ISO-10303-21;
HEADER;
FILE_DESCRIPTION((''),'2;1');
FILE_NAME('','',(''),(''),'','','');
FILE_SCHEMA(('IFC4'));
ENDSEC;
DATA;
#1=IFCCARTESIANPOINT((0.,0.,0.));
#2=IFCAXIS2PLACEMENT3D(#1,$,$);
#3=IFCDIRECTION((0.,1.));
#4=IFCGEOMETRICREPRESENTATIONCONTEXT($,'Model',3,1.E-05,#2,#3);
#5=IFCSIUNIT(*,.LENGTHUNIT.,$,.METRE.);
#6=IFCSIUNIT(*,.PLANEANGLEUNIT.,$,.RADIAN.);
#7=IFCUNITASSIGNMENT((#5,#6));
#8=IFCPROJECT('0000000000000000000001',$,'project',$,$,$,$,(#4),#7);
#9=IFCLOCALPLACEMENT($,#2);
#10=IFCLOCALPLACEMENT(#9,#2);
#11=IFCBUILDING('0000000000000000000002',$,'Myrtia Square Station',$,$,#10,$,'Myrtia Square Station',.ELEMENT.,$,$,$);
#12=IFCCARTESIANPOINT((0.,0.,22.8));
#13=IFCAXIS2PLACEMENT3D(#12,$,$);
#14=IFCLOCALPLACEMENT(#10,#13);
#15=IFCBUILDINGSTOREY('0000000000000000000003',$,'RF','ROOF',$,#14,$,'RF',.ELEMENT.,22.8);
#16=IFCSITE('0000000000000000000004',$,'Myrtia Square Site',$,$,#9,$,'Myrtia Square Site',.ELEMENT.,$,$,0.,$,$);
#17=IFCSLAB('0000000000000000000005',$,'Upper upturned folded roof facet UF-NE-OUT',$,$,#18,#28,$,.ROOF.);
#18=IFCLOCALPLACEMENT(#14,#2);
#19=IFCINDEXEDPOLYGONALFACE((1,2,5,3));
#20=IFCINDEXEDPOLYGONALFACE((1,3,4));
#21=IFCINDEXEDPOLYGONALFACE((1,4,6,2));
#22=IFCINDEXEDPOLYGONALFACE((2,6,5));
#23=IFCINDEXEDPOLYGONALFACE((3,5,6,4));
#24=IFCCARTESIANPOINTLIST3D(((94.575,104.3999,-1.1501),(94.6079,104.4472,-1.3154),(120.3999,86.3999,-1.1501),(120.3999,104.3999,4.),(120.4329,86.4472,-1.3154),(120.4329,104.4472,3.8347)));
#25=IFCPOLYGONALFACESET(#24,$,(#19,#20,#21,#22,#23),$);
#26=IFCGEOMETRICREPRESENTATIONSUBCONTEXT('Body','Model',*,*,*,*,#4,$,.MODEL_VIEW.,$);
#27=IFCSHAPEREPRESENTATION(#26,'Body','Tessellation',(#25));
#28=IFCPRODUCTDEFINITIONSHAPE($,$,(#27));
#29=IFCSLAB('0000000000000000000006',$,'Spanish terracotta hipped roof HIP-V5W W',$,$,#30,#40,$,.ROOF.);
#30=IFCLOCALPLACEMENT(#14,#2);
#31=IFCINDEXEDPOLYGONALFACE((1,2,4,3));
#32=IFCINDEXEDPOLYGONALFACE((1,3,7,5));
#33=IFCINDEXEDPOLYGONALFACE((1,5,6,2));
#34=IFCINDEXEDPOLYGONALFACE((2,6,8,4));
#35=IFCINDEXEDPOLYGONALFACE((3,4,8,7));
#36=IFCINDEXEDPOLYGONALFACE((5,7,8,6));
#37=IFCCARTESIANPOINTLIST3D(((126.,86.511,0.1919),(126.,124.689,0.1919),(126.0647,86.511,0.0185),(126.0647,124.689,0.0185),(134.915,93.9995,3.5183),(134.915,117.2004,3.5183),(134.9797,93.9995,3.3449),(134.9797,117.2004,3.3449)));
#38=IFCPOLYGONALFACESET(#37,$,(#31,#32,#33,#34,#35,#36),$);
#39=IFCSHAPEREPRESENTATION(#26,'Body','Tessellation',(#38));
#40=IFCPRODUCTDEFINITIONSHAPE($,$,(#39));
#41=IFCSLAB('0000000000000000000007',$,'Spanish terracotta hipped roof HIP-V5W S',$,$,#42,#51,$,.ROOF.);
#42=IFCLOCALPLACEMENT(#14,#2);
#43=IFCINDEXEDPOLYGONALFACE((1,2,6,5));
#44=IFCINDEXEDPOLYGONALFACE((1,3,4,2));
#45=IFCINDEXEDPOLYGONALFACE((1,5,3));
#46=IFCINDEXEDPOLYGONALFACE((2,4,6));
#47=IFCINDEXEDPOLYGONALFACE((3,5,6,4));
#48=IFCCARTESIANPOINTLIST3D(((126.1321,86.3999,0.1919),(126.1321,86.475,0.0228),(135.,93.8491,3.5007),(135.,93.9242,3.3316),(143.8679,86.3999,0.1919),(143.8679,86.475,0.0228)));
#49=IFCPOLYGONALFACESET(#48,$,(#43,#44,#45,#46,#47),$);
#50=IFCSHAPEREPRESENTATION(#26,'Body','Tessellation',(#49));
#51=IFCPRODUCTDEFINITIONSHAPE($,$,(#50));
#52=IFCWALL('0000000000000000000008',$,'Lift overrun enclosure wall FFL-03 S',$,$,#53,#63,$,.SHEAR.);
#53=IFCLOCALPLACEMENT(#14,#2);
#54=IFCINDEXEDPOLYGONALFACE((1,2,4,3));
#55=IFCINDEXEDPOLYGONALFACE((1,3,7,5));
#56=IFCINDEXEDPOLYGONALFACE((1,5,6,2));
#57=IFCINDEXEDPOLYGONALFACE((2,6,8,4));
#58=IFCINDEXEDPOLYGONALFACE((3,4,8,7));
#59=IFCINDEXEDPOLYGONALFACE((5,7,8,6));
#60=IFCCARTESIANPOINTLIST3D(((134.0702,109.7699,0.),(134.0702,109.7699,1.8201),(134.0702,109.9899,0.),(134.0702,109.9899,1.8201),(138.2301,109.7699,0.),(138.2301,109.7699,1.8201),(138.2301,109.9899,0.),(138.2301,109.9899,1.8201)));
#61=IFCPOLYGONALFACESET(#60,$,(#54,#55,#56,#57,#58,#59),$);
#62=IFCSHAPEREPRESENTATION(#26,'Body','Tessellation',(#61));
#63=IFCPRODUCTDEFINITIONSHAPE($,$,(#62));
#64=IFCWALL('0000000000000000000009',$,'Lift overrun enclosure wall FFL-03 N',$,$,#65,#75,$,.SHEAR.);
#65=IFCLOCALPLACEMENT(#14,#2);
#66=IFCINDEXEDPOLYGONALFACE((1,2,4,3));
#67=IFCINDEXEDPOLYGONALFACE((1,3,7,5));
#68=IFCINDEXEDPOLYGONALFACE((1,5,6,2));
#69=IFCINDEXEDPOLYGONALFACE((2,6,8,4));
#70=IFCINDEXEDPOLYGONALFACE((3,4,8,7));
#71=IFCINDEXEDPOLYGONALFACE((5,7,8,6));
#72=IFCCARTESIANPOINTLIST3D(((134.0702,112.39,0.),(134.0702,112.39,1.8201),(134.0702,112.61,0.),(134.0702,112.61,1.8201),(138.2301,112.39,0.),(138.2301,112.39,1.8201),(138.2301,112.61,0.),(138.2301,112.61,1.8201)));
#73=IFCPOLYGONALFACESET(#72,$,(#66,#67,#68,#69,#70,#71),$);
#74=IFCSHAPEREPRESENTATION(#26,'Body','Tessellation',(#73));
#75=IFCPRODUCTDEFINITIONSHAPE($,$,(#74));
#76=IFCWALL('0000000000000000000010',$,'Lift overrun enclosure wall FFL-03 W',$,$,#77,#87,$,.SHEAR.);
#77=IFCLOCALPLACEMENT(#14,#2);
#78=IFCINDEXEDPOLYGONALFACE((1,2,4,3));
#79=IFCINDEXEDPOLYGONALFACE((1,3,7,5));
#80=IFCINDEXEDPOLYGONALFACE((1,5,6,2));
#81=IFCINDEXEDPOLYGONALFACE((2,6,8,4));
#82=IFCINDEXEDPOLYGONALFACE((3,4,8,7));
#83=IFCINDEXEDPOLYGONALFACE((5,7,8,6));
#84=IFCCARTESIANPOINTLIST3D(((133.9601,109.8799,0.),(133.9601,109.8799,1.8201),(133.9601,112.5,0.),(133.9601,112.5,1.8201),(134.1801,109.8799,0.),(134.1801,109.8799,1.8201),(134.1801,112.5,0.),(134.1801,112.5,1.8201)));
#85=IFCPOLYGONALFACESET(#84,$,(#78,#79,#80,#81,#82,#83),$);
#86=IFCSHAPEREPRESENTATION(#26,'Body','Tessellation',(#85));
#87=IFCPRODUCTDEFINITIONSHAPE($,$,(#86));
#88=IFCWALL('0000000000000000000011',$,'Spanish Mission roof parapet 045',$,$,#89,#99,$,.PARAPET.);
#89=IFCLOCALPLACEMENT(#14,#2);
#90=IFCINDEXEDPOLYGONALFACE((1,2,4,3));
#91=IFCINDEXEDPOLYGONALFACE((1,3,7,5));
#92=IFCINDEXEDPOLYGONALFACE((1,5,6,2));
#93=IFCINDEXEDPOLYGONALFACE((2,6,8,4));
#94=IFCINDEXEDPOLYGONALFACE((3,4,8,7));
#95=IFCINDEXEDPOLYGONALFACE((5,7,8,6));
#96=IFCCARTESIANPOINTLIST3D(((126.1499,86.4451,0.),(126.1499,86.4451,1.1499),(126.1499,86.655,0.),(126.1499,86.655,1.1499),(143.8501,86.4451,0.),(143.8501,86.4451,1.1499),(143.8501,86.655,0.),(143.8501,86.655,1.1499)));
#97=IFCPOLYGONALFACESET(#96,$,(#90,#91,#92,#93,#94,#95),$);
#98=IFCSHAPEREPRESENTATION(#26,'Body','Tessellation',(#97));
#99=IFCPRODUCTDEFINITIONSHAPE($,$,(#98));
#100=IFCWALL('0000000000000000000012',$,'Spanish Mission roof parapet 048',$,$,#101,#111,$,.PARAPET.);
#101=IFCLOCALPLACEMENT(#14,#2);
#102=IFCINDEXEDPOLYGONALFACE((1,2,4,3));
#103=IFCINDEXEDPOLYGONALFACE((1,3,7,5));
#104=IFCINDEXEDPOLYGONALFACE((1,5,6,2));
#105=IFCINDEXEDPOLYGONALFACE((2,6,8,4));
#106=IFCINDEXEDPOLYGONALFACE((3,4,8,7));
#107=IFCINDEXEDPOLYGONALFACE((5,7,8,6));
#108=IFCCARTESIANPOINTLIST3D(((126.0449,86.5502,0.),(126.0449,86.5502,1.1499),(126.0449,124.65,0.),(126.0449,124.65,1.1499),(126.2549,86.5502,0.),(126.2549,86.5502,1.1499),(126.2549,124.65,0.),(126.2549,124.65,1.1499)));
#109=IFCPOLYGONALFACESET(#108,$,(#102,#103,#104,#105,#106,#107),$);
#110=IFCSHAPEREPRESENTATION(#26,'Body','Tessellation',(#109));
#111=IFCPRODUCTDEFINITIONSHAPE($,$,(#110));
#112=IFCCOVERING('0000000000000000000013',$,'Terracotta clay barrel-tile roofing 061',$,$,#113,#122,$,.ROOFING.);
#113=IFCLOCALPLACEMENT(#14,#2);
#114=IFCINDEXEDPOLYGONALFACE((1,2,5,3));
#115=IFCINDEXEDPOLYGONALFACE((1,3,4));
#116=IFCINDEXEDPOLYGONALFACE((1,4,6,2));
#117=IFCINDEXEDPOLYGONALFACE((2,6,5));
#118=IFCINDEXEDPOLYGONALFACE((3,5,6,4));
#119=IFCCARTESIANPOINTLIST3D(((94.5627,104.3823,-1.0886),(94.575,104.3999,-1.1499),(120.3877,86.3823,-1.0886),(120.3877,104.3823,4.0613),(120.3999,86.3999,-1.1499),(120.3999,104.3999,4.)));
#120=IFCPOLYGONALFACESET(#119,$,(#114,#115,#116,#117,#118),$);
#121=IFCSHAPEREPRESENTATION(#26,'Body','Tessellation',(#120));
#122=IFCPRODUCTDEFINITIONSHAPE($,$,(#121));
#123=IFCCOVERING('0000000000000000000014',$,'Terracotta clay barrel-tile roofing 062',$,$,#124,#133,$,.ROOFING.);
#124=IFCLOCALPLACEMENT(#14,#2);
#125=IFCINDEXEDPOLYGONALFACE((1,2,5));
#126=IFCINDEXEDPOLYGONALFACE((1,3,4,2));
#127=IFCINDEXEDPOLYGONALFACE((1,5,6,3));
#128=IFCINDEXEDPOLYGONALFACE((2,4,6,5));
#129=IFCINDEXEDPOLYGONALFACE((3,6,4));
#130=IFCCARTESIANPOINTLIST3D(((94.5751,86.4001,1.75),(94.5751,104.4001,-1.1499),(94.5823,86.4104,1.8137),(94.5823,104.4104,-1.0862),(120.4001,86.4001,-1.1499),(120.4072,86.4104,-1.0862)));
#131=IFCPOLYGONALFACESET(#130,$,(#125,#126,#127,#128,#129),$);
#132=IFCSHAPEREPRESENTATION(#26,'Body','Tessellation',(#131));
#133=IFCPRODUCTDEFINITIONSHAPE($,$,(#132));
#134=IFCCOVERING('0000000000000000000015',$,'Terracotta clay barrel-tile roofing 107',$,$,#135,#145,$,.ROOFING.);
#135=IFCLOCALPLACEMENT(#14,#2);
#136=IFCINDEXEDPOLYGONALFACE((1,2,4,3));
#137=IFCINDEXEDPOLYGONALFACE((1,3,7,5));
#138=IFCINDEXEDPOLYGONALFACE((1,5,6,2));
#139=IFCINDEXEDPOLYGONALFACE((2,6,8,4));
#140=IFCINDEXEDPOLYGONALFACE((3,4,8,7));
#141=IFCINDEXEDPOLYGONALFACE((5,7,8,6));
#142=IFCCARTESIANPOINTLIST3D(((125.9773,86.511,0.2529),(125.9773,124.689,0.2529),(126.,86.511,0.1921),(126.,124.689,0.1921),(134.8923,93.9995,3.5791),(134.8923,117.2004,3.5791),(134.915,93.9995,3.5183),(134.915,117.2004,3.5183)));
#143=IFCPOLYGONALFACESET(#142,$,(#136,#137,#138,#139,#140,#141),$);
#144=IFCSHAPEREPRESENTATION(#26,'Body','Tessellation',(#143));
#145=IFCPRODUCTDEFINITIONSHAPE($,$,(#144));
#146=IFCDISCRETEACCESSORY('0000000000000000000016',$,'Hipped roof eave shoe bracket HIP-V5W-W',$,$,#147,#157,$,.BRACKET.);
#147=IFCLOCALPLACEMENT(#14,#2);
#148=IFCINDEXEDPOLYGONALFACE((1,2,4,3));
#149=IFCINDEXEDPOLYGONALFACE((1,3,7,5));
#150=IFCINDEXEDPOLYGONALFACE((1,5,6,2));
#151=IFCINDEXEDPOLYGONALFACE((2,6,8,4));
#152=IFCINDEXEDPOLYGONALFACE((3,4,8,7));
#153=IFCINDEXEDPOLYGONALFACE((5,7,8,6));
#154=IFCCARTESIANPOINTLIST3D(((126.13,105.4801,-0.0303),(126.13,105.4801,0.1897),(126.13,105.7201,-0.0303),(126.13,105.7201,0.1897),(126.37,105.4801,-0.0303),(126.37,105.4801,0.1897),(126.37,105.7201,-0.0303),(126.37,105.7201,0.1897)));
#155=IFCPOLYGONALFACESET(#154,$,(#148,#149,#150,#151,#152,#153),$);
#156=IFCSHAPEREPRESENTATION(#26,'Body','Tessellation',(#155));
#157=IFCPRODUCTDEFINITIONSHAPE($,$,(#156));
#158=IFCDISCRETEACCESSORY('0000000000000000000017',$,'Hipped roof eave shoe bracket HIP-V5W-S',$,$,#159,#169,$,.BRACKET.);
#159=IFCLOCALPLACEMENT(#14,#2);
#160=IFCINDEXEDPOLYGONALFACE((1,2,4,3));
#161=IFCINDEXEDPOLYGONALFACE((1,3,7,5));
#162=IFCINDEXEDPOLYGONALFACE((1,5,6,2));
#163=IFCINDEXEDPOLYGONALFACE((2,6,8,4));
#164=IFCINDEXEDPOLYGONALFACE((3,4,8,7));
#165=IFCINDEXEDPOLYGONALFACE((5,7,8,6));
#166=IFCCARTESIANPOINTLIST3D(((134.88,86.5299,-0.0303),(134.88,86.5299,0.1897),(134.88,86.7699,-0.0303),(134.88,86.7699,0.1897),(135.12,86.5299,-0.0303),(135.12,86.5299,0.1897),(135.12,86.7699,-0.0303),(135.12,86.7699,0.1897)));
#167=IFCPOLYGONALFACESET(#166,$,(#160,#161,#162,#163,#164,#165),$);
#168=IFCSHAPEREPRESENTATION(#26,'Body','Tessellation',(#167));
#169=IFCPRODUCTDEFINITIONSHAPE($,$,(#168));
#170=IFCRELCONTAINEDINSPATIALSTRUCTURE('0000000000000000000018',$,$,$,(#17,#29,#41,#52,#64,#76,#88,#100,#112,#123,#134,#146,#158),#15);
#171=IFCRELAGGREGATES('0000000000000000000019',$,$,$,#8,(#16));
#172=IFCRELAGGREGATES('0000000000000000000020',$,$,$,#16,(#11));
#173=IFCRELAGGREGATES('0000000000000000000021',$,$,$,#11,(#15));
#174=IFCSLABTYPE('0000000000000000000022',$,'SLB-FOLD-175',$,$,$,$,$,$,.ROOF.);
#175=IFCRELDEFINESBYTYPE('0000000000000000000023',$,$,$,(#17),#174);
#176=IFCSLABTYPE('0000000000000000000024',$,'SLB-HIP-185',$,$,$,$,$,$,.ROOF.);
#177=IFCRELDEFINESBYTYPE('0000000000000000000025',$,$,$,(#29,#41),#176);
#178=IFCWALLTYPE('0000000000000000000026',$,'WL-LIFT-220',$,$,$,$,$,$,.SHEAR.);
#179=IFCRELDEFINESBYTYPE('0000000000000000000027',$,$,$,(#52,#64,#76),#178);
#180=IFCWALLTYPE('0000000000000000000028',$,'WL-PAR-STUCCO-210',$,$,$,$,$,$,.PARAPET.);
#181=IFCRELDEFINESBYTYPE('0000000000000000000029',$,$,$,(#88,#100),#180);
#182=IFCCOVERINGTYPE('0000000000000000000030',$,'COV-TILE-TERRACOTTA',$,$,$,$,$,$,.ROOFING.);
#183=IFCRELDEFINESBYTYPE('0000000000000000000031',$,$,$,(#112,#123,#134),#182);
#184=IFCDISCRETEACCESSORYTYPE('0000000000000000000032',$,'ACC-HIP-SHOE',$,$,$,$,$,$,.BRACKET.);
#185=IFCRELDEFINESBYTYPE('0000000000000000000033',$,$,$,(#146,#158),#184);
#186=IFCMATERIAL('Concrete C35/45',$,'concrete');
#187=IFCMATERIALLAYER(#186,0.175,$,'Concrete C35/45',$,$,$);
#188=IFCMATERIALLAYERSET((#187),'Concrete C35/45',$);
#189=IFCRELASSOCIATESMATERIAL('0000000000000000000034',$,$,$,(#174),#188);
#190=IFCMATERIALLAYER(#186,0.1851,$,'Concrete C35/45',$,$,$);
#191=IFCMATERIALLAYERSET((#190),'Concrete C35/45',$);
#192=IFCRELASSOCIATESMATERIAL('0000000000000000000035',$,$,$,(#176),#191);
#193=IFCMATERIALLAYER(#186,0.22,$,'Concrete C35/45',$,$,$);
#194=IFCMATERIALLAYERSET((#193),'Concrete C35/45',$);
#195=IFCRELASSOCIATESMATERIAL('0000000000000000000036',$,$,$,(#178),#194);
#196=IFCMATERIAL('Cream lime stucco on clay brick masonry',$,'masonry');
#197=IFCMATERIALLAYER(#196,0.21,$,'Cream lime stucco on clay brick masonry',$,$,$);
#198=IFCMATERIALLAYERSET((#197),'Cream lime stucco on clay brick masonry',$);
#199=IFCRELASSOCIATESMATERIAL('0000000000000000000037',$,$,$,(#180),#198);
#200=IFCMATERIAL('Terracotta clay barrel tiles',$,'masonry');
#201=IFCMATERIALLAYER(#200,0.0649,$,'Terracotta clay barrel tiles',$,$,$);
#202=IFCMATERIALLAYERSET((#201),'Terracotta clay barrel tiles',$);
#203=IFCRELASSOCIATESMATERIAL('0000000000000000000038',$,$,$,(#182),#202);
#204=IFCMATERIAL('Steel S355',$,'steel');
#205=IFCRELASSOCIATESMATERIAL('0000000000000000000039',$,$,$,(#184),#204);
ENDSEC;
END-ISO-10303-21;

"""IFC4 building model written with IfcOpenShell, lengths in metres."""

from ifc_helpers import new_model, si_unit, direction, frame, frame_2d, origin, origin_2d, place, context, subcontext, project, spatial, polyline, rectangle, outline, extrude, material, layer, layer_set, type_object, element, save


model = new_model("IFC4")

# Units and contexts
model_context = context("Model", 3, precision=1e-05, world=origin(), true_north=direction((0.0, 1.0)))
body_context = subcontext(model_context, "Body", "Model", "MODEL_VIEW")
ifc_project = project(units=[si_unit("LENGTHUNIT", "METRE"), si_unit("PLANEANGLEUNIT", "RADIAN")], contexts=[model_context])

# Site, building, storey
site_placement = place(None, origin())
site = spatial("IfcSite", under=ifc_project, at=site_placement, Name="Myrtia Square Site", LongName="Myrtia Square Site", CompositionType="ELEMENT", RefElevation=0.0)
building_placement = place(site_placement, origin())
building = spatial("IfcBuilding", under=site, at=building_placement, Name="Myrtia Square Station", LongName="Myrtia Square Station", CompositionType="ELEMENT")
storey_placement = place(building_placement, frame((0.0, 0.0, 22.8)))
storey = spatial("IfcBuildingStorey", under=building, at=storey_placement, Name="RF", Description="ROOF", LongName="RF", CompositionType="ELEMENT", Elevation=22.8)

# Shared definitions
ifc_material_1 = material(Name="Steel S355", Category="steel")

# Slabs
ifc_material_2 = material(Name="Concrete C35/45", Category="concrete")
ifc_layer_1 = layer(ifc_material_2, 0.175, Name="Concrete C35/45")
ifc_layer_set_1 = layer_set([ifc_layer_1], Name="Concrete C35/45")
slab_type_1 = type_object("IfcSlabType", Name="SLB-FOLD-175", PredefinedType="ROOF", material=ifc_layer_set_1)
slab_1_placement = place(storey_placement, frame((120.3999, 104.3999, 4.0), z_axis=(-0.188302, -0.27016, 0.944222), x_axis=(-0.980689, 0.0, -0.195574)))
element("IfcSlab", 1, at=slab_1_placement, inside=storey, type_object=slab_type_1, Name="Upper upturned folded roof facet UF-NE-OUT", PredefinedType="ROOF", context=body_context, shape_type="SweptSolid", body=[
    extrude(outline(polyline([(0.0, 0.0), (26.3335, 0.0), (1.0072, 18.6952), (0.0, 0.0)])), origin(), (0.0, 0.0, -1.0), 0.175),
])
ifc_layer_2 = layer(ifc_material_2, 0.1851, Name="Concrete C35/45")
ifc_layer_set_2 = layer_set([ifc_layer_2], Name="Concrete C35/45")
slab_type_2 = type_object("IfcSlabType", Name="SLB-HIP-185", PredefinedType="ROOF", material=ifc_layer_set_2)
slab_2_placement = place(storey_placement, frame((126.0, 124.689, 0.1919), z_axis=(-0.349582, 0.0, 0.936906), x_axis=(0.0, -1.0, 0.0)))
element("IfcSlab", 2, at=slab_2_placement, inside=storey, type_object=slab_type_2, Name="Spanish terracotta hipped roof HIP-V5W W", PredefinedType="ROOF", context=body_context, shape_type="SweptSolid", body=[
    extrude(outline(polyline([(0.0, 0.0), (38.178, 0.0), (30.6895, 9.5154), (7.4885, 9.5154), (0.0, 0.0)])), origin(), (0.0, 0.0, -1.0), 0.1851),
])
slab_3_placement = place(storey_placement, frame((126.1321, 86.3999, 0.1919), z_axis=(0.0, -0.405941, 0.913899), x_axis=(1.0, 0.0, 0.0)))
element("IfcSlab", 3, at=slab_3_placement, inside=storey, type_object=slab_type_2, Name="Spanish terracotta hipped roof HIP-V5W S", PredefinedType="ROOF", context=body_context, shape_type="SweptSolid", body=[
    extrude(outline(polyline([(0.0, 0.0), (17.7358, 0.0), (8.8679, 8.151), (0.0, 0.0)])), origin(), (0.0, 0.0, -1.0), 0.1851),
])

# Walls
ifc_layer_3 = layer(ifc_material_2, 0.22, Name="Concrete C35/45")
ifc_layer_set_3 = layer_set([ifc_layer_3], Name="Concrete C35/45")
wall_type_1 = type_object("IfcWallType", Name="WL-LIFT-220", PredefinedType="SHEAR", material=ifc_layer_set_3)
for number, where, z_axis, x_axis, name in (
    (4, (134.0701, 109.8799, 0.0), (0.0, 0.0, 1.0), (1.0, 0.0, 0.0), "Lift overrun enclosure wall FFL-03 S"),
    (5, (134.0701, 112.5, 0.0), (0.0, 0.0, 1.0), (1.0, 0.0, 0.0), "Lift overrun enclosure wall FFL-03 N"),
):
    element("IfcWall", number, at=place(storey_placement, frame(where, z_axis=z_axis, x_axis=x_axis)), inside=storey, type_object=wall_type_1, Name=name, PredefinedType="SHEAR", context=body_context, shape_type="SweptSolid", body=[
        extrude(rectangle(XDim=4.1599, YDim=0.22, at=frame_2d((2.0801, 0.0))), origin(), (0.0, 0.0, 1.0), 1.8201),
    ])
wall_1_placement = place(storey_placement, frame((134.0701, 109.8799, 0.0), z_axis=(0.0, 0.0, 1.0), x_axis=(0.0, 1.0, 0.0)))
element("IfcWall", 6, at=wall_1_placement, inside=storey, type_object=wall_type_1, Name="Lift overrun enclosure wall FFL-03 W", PredefinedType="SHEAR", context=body_context, shape_type="SweptSolid", body=[
    extrude(rectangle(XDim=2.6201, YDim=0.22, at=frame_2d((1.3101, 0.0))), origin(), (0.0, 0.0, 1.0), 1.8201),
])
ifc_material_3 = material(Name="Cream lime stucco on clay brick masonry", Category="masonry")
ifc_layer_4 = layer(ifc_material_3, 0.21, Name="Cream lime stucco on clay brick masonry")
ifc_layer_set_4 = layer_set([ifc_layer_4], Name="Cream lime stucco on clay brick masonry")
wall_type_2 = type_object("IfcWallType", Name="WL-PAR-STUCCO-210", PredefinedType="PARAPET", material=ifc_layer_set_4)
wall_2_placement = place(storey_placement, frame((126.1499, 86.55, 0.0), z_axis=(0.0, 0.0, 1.0), x_axis=(1.0, 0.0, 0.0)))
element("IfcWall", 7, at=wall_2_placement, inside=storey, type_object=wall_type_2, Name="Spanish Mission roof parapet 045", PredefinedType="PARAPET", context=body_context, shape_type="SweptSolid", body=[
    extrude(rectangle(XDim=17.7002, YDim=0.21, at=frame_2d((8.8501, 0.0))), origin(), (0.0, 0.0, 1.0), 1.1499),
])
wall_3_placement = place(storey_placement, frame((126.1499, 124.6499, 0.0), z_axis=(0.0, 0.0, 1.0), x_axis=(0.0, -1.0, 0.0)))
element("IfcWall", 8, at=wall_3_placement, inside=storey, type_object=wall_type_2, Name="Spanish Mission roof parapet 048", PredefinedType="PARAPET", context=body_context, shape_type="SweptSolid", body=[
    extrude(rectangle(XDim=38.0999, YDim=0.21, at=frame_2d((19.0498, 0.0))), origin(), (0.0, 0.0, 1.0), 1.1499),
])

# Coverings
ifc_material_4 = material(Name="Terracotta clay barrel tiles", Category="masonry")
ifc_layer_5 = layer(ifc_material_4, 0.0649, Name="Terracotta clay barrel tiles")
ifc_layer_set_5 = layer_set([ifc_layer_5], Name="Terracotta clay barrel tiles")
covering_type = type_object("IfcCoveringType", Name="COV-TILE-TERRACOTTA", PredefinedType="ROOFING", material=ifc_layer_set_5)
covering_1_placement = place(storey_placement, frame((120.3877, 104.3823, 4.0613), z_axis=(-0.188294, -0.270149, 0.944227), x_axis=(-0.980691, 0.0, -0.195565)))
element("IfcCovering", 9, at=covering_1_placement, inside=storey, type_object=covering_type, Name="Terracotta clay barrel-tile roofing 061", PredefinedType="ROOFING", context=body_context, shape_type="SweptSolid", body=[
    extrude(outline(polyline([(0.0, 0.0), (26.3334, 0.0), (1.0071, 18.6951), (0.0, 0.0)])), origin(), (0.0, 0.0, -1.0), 0.0649),
])
covering_2_placement = place(storey_placement, frame((94.5823, 86.4104, 1.8137), z_axis=(0.110186, 0.158086, 0.981258), x_axis=(0.993754, 0.0, -0.111589)))
element("IfcCovering", 10, at=covering_2_placement, inside=storey, type_object=covering_type, Name="Terracotta clay barrel-tile roofing 062", PredefinedType="ROOFING", context=body_context, shape_type="SweptSolid", body=[
    extrude(outline(polyline([(0.0, 0.0), (25.9873, 0.0), (0.3236, 18.2292), (0.0, 0.0)])), origin(), (0.0, 0.0, -1.0), 0.0649),
])
covering_3_placement = place(storey_placement, frame((125.9773, 124.689, 0.2529), z_axis=(-0.34956, 0.0, 0.936914), x_axis=(0.0, -1.0, 0.0)))
element("IfcCovering", 11, at=covering_3_placement, inside=storey, type_object=covering_type, Name="Terracotta clay barrel-tile roofing 107", PredefinedType="ROOFING", context=body_context, shape_type="SweptSolid", body=[
    extrude(outline(polyline([(0.0, 0.0), (38.178, 0.0), (30.6895, 9.5153), (7.4885, 9.5153), (0.0, 0.0)])), origin(), (0.0, 0.0, -1.0), 0.0649),
])

# Discrete accessories
discrete_accessory_type = type_object("IfcDiscreteAccessoryType", Name="ACC-HIP-SHOE", PredefinedType="BRACKET", material=ifc_material_1)
for number, where, z_axis, x_axis, name in (
    (12, (126.25, 105.6001, -0.0303), (0.0, 0.0, 1.0), (1.0, 0.0, 0.0), "Hipped roof eave shoe bracket HIP-V5W-W"),
    (13, (135.0, 86.6499, -0.0303), (0.0, 0.0, 1.0), (1.0, 0.0, 0.0), "Hipped roof eave shoe bracket HIP-V5W-S"),
):
    element("IfcDiscreteAccessory", number, at=place(storey_placement, frame(where, z_axis=z_axis, x_axis=x_axis)), inside=storey, type_object=discrete_accessory_type, Name=name, PredefinedType="BRACKET", context=body_context, shape_type="SweptSolid", body=[
        extrude(rectangle(XDim=0.24, YDim=0.24, at=origin_2d()), origin(), (0.0, 0.0, 1.0), 0.22),
    ])

save(model, "model.ifc")
